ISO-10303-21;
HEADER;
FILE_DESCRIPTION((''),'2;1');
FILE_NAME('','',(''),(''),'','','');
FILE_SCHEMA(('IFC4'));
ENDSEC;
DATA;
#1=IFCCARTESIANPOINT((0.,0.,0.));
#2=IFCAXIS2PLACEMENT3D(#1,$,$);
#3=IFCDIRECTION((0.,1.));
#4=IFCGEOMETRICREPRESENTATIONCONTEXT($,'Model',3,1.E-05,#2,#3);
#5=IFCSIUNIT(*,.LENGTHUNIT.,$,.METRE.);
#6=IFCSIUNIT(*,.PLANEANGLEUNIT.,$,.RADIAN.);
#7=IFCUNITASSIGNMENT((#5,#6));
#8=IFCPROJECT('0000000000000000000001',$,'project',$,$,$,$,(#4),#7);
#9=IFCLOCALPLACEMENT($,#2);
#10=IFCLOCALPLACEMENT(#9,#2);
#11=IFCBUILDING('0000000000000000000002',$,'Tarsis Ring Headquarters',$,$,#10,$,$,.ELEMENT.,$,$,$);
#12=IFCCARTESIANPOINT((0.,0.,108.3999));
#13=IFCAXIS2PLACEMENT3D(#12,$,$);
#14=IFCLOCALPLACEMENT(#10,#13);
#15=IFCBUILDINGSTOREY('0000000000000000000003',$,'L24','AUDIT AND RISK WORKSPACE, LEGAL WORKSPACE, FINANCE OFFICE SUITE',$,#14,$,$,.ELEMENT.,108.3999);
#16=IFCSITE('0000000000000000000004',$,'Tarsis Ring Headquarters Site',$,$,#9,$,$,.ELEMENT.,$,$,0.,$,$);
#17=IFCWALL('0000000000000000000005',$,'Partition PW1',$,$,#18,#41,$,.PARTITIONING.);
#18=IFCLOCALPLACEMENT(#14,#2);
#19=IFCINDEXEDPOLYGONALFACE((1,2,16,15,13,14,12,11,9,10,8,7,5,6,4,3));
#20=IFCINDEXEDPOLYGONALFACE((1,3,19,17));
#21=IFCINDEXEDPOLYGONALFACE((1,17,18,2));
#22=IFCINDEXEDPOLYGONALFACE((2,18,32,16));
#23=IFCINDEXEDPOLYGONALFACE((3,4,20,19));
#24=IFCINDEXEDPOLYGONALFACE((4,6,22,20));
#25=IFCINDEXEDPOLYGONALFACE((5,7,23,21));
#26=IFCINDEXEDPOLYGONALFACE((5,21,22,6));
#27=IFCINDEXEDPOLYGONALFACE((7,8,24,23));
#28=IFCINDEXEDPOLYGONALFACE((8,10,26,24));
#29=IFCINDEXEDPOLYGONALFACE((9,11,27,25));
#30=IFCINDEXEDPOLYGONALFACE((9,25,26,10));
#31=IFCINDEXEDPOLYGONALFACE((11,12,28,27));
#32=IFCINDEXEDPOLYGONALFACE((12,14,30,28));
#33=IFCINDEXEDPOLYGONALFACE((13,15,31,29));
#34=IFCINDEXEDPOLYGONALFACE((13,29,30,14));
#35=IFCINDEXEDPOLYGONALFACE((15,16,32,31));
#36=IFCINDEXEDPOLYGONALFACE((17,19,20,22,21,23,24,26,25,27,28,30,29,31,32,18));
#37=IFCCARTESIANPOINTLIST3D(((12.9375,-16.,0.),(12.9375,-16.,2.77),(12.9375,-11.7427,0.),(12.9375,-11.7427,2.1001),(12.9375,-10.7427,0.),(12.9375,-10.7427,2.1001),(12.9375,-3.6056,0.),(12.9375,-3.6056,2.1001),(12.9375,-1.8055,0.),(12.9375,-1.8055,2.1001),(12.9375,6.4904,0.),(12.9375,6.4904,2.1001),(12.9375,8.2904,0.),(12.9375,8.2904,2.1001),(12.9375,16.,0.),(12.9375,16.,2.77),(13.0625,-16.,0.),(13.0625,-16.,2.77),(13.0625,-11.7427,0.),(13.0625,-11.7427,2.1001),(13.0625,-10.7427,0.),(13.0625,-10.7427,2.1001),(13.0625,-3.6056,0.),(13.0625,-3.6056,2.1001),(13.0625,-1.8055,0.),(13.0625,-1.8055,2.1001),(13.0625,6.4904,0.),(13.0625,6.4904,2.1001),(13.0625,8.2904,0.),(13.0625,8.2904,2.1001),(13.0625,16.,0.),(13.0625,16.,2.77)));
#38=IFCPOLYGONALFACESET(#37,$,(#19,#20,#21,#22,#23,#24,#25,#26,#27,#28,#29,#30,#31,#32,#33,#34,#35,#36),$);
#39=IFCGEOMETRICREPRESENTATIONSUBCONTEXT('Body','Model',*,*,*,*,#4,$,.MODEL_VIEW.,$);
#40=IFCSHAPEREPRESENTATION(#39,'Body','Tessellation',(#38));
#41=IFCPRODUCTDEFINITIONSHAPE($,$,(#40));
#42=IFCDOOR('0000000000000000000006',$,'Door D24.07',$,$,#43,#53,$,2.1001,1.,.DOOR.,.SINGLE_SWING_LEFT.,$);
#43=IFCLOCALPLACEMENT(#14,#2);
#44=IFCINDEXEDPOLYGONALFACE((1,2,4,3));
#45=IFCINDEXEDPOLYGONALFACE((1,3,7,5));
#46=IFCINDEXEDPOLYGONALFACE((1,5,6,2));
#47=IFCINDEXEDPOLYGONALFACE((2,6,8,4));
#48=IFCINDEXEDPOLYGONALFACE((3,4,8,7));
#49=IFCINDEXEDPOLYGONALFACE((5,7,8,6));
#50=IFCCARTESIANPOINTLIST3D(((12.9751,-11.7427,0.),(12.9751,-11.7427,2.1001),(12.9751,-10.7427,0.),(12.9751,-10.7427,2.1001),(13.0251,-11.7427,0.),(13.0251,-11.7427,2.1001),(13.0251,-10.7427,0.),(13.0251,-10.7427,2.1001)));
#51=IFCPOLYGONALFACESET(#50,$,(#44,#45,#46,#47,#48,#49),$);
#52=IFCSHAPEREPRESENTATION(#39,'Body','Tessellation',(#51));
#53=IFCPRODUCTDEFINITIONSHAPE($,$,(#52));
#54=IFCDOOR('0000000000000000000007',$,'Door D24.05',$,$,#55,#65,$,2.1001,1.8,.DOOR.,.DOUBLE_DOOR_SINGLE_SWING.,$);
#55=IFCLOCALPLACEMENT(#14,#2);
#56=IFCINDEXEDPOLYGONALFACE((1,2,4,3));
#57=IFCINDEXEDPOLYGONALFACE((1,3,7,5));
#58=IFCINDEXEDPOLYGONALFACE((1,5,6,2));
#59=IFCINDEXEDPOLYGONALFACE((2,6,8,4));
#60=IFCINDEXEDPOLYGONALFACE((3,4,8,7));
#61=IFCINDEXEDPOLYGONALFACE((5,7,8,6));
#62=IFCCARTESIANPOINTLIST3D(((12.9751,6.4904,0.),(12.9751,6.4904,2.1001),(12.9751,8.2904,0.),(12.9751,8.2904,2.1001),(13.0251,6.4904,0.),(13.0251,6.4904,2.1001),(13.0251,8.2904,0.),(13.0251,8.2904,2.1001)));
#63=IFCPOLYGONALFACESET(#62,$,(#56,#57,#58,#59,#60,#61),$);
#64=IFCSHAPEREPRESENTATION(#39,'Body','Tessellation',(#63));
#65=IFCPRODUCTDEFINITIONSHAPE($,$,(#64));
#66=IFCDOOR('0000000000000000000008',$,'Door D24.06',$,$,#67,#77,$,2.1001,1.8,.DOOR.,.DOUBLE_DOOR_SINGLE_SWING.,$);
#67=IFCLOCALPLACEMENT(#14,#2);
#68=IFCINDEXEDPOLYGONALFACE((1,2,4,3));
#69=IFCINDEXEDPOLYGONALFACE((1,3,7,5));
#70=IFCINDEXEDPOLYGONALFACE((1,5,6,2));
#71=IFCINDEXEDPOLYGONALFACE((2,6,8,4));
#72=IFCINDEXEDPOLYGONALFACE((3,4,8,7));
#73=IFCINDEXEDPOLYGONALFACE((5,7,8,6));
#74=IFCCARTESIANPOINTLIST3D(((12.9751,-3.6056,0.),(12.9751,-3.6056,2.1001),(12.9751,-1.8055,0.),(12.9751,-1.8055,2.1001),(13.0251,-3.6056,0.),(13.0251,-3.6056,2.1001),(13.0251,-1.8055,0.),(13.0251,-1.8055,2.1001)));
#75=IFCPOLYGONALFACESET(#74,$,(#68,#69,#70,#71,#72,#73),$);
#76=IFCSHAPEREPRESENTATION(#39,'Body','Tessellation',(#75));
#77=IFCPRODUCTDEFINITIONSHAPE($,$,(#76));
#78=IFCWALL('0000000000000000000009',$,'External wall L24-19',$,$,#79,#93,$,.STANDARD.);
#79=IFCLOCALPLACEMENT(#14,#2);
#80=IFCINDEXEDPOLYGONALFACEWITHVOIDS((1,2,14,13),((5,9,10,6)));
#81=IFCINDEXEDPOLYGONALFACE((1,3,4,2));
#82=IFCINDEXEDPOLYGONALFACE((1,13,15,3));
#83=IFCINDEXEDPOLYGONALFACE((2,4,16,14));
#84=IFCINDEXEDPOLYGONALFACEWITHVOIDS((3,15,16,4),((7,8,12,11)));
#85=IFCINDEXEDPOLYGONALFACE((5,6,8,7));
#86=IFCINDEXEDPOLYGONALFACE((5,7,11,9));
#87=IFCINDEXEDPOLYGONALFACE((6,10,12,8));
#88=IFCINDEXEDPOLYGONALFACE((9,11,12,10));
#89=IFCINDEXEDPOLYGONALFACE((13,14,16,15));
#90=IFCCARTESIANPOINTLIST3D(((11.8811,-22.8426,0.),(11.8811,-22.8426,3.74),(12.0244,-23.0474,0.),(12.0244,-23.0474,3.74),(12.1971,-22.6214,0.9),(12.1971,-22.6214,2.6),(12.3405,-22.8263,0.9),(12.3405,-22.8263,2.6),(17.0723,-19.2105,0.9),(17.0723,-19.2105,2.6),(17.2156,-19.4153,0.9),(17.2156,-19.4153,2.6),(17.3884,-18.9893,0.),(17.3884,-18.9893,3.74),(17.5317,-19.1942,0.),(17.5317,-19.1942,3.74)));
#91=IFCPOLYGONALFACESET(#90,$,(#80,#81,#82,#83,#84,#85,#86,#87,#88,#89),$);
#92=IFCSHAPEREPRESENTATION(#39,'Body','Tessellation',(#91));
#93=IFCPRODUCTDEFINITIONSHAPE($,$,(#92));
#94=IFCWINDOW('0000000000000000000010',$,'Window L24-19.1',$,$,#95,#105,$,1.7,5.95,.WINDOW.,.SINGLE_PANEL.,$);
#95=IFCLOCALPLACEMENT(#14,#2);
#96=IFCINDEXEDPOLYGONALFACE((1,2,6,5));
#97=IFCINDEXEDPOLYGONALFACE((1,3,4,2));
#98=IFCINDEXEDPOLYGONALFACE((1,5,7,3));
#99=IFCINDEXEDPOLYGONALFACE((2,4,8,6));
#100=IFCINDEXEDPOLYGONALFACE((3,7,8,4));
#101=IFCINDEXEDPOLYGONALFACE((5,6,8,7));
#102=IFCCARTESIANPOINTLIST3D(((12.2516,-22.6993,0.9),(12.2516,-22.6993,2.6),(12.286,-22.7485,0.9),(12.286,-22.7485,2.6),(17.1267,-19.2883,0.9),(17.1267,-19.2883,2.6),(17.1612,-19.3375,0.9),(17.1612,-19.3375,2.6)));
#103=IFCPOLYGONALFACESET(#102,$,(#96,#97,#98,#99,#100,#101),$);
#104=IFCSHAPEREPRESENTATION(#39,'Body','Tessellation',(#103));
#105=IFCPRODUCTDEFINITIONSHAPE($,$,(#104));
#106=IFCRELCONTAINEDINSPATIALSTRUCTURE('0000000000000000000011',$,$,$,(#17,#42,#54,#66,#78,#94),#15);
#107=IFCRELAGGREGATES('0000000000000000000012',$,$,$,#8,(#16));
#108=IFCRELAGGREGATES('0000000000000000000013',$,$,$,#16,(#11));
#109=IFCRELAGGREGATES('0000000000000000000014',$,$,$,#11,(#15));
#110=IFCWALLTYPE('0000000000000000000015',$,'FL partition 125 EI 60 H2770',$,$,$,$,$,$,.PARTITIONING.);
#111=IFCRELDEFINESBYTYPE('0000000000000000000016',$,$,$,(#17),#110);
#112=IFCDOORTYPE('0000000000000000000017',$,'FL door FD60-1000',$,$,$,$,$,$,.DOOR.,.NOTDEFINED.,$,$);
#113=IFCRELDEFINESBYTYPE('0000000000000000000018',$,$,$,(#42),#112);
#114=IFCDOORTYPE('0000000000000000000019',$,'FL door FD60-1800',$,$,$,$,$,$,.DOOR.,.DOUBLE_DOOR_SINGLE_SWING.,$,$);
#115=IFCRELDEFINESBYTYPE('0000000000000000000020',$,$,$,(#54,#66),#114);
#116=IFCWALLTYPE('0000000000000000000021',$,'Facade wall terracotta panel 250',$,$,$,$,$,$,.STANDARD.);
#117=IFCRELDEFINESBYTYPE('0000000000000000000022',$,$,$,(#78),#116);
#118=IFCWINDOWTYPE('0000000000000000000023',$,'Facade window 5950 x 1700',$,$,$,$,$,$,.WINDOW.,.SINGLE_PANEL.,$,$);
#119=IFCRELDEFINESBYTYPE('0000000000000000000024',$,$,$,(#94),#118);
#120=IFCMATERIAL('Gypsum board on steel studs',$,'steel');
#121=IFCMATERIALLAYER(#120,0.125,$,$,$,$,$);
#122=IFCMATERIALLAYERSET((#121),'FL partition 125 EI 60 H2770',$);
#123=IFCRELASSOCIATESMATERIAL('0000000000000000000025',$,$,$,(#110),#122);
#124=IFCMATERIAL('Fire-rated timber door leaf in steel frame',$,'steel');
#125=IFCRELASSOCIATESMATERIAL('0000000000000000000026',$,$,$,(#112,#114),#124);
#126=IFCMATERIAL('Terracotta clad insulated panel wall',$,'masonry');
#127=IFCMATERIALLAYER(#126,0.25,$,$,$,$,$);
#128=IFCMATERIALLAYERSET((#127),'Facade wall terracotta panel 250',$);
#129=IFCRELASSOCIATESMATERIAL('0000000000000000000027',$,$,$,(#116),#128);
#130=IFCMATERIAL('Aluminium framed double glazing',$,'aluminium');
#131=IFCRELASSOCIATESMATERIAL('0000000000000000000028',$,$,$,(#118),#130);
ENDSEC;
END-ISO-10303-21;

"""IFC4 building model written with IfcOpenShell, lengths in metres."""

from ifc_helpers import new_model, si_unit, direction, frame, frame_2d, origin, place, context, subcontext, project, spatial, rectangle, extrude, material, layer, layer_set, type_object, element, fill, save


model = new_model("IFC4")

# Units and contexts
model_context = context("Model", 3, precision=1e-05, world=origin(), true_north=direction((0.0, 1.0)))
body_context = subcontext(model_context, "Body", "Model", "MODEL_VIEW")
ifc_project = project(units=[si_unit("LENGTHUNIT", "METRE"), si_unit("PLANEANGLEUNIT", "RADIAN")], contexts=[model_context])

# Site, building, storey
site_placement = place(None, origin())
site = spatial("IfcSite", under=ifc_project, at=site_placement, Name="Tarsis Ring Headquarters Site", CompositionType="ELEMENT", RefElevation=0.0)
building_placement = place(site_placement, origin())
building = spatial("IfcBuilding", under=site, at=building_placement, Name="Tarsis Ring Headquarters", CompositionType="ELEMENT")
storey_placement = place(building_placement, frame((0.0, 0.0, 108.3999)))
storey = spatial("IfcBuildingStorey", under=building, at=storey_placement, Name="L24", Description="AUDIT AND RISK WORKSPACE, LEGAL WORKSPACE, FINANCE OFFICE SUITE", CompositionType="ELEMENT", Elevation=108.3999)

# Shared definitions
ifc_material_1 = material(Name="Gypsum board on steel studs", Category="steel")

# Wall, openings, doors
ifc_layer_1 = layer(ifc_material_1, 0.125)
ifc_layer_set_1 = layer_set([ifc_layer_1], Name="FL partition 125 EI 60 H2770")
wall_type_1 = type_object("IfcWallType", Name="FL partition 125 EI 60 H2770", PredefinedType="PARTITIONING", material=ifc_layer_set_1)
wall_1_placement = place(storey_placement, frame((13.0, -16.0, 0.0), z_axis=(0.0, 0.0, 1.0), x_axis=(0.0, 1.0, 0.0)))
wall_1 = element("IfcWall", 1, at=wall_1_placement, inside=storey, type_object=wall_type_1, Name="Partition PW1", PredefinedType="PARTITIONING", context=body_context, shape_type="SweptSolid", body=[
    extrude(rectangle(XDim=32.0, YDim=0.125, at=frame_2d((16.0, 0.0))), origin(), (0.0, 0.0, 1.0), 2.77),
])
opening_1_placement = place(wall_1_placement, frame((22.4905, 0.0, 0.0)))
opening_1 = element("IfcOpeningElement", 2, at=opening_1_placement, cuts=wall_1, PredefinedType="OPENING", context=body_context, shape_type="SweptSolid", body=[
    extrude(rectangle(XDim=1.8, YDim=2.1001, at=frame_2d((0.8999, 1.05))), frame((0.0, 0.0725, 0.0), z_axis=(0.0, -1.0, 0.0), x_axis=(1.0, 0.0, 0.0)), (0.0, 0.0, 1.0), 0.145),
])
opening_2_placement = place(wall_1_placement, frame((12.3945, 0.0, 0.0)))
opening_2 = element("IfcOpeningElement", 3, at=opening_2_placement, cuts=wall_1, PredefinedType="OPENING", context=body_context, shape_type="SweptSolid", body=[
    extrude(rectangle(XDim=1.8, YDim=2.1001, at=frame_2d((0.8999, 1.05))), frame((0.0, 0.0725, 0.0), z_axis=(0.0, -1.0, 0.0), x_axis=(1.0, 0.0, 0.0)), (0.0, 0.0, 1.0), 0.145),
])
opening_3_placement = place(wall_1_placement, frame((4.2573, 0.0, 0.0)))
opening_3 = element("IfcOpeningElement", 4, at=opening_3_placement, cuts=wall_1, PredefinedType="OPENING", context=body_context, shape_type="SweptSolid", body=[
    extrude(rectangle(XDim=1.0, YDim=2.1001, at=frame_2d((0.5, 1.05))), frame((0.0, 0.0725, 0.0), z_axis=(0.0, -1.0, 0.0), x_axis=(1.0, 0.0, 0.0)), (0.0, 0.0, 1.0), 0.145),
])
ifc_material_2 = material(Name="Fire-rated timber door leaf in steel frame", Category="steel")
door_type_1 = type_object("IfcDoorType", Name="FL door FD60-1000", OperationType="NOTDEFINED", PredefinedType="DOOR", material=ifc_material_2)
door_1_placement = place(opening_3_placement, origin())
door_1 = element("IfcDoor", 5, at=door_1_placement, inside=storey, type_object=door_type_1, Name="Door D24.07", OperationType="SINGLE_SWING_LEFT", OverallHeight=2.1001, OverallWidth=1.0, PredefinedType="DOOR", context=body_context, shape_type="SweptSolid", body=[
    extrude(rectangle(XDim=1.0, YDim=2.1001, at=frame_2d((0.5, 1.05))), frame((0.0, 0.0249, 0.0), z_axis=(0.0, -1.0, 0.0), x_axis=(1.0, 0.0, 0.0)), (0.0, 0.0, 1.0), 0.05),
])
fill(opening_3, door_1)
door_type_2 = type_object("IfcDoorType", Name="FL door FD60-1800", OperationType="DOUBLE_DOOR_SINGLE_SWING", PredefinedType="DOOR", material=ifc_material_2)
door_2_placement = place(opening_1_placement, origin())
door_2 = element("IfcDoor", 6, at=door_2_placement, inside=storey, type_object=door_type_2, Name="Door D24.05", OperationType="DOUBLE_DOOR_SINGLE_SWING", OverallHeight=2.1001, OverallWidth=1.8, PredefinedType="DOOR", context=body_context, shape_type="SweptSolid", body=[
    extrude(rectangle(XDim=1.8, YDim=2.1001, at=frame_2d((0.8999, 1.05))), frame((0.0, 0.0249, 0.0), z_axis=(0.0, -1.0, 0.0), x_axis=(1.0, 0.0, 0.0)), (0.0, 0.0, 1.0), 0.05),
])
fill(opening_1, door_2)
door_3_placement = place(opening_2_placement, origin())
door_3 = element("IfcDoor", 7, at=door_3_placement, inside=storey, type_object=door_type_2, Name="Door D24.06", OperationType="DOUBLE_DOOR_SINGLE_SWING", OverallHeight=2.1001, OverallWidth=1.8, PredefinedType="DOOR", context=body_context, shape_type="SweptSolid", body=[
    extrude(rectangle(XDim=1.8, YDim=2.1001, at=frame_2d((0.8999, 1.05))), frame((0.0, 0.0249, 0.0), z_axis=(0.0, -1.0, 0.0), x_axis=(1.0, 0.0, 0.0)), (0.0, 0.0, 1.0), 0.05),
])
fill(opening_2, door_3)

# Wall, opening, window
ifc_material_3 = material(Name="Terracotta clad insulated panel wall", Category="masonry")
ifc_layer_2 = layer(ifc_material_3, 0.25)
ifc_layer_set_2 = layer_set([ifc_layer_2], Name="Facade wall terracotta panel 250")
wall_type_2 = type_object("IfcWallType", Name="Facade wall terracotta panel 250", PredefinedType="STANDARD", material=ifc_layer_set_2)
wall_2_placement = place(storey_placement, frame((11.9526, -22.9451, 0.0), z_axis=(0.0, 0.0, 1.0), x_axis=(0.819362, 0.573277, 0.0)))
wall_2 = element("IfcWall", 8, at=wall_2_placement, inside=storey, type_object=wall_type_2, Name="External wall L24-19", PredefinedType="STANDARD", context=body_context, shape_type="SweptSolid", body=[
    extrude(rectangle(XDim=6.7214, YDim=0.25, at=frame_2d((3.3608, 0.0))), origin(), (0.0, 0.0, 1.0), 3.74),
])
opening_4_placement = place(wall_2_placement, frame((0.3857, 0.0, 0.8999)))
opening_4 = element("IfcOpeningElement", 9, at=opening_4_placement, cuts=wall_2, PredefinedType="OPENING", context=body_context, shape_type="SweptSolid", body=[
    extrude(rectangle(XDim=5.95, YDim=1.7, at=frame_2d((2.9751, 0.8501))), frame((0.0, 0.135, 0.0), z_axis=(0.0, -1.0, 0.0), x_axis=(1.0, 0.0, 0.0)), (0.0, 0.0, 1.0), 0.27),
])
ifc_material_4 = material(Name="Aluminium framed double glazing", Category="aluminium")
window_type = type_object("IfcWindowType", Name="Facade window 5950 x 1700", PartitioningType="SINGLE_PANEL", PredefinedType="WINDOW", material=ifc_material_4)
window_placement = place(opening_4_placement, origin())
window = element("IfcWindow", 10, at=window_placement, inside=storey, type_object=window_type, Name="Window L24-19.1", OverallHeight=1.7, OverallWidth=5.95, PartitioningType="SINGLE_PANEL", PredefinedType="WINDOW", context=body_context, shape_type="SweptSolid", body=[
    extrude(rectangle(XDim=5.95, YDim=1.7, at=frame_2d((2.9751, 0.8501))), frame((0.0, 0.03, 0.0), z_axis=(0.0, -1.0, 0.0), x_axis=(1.0, 0.0, 0.0)), (0.0, 0.0, 1.0), 0.0601),
])
fill(opening_4, window)

save(model, "model.ifc")
